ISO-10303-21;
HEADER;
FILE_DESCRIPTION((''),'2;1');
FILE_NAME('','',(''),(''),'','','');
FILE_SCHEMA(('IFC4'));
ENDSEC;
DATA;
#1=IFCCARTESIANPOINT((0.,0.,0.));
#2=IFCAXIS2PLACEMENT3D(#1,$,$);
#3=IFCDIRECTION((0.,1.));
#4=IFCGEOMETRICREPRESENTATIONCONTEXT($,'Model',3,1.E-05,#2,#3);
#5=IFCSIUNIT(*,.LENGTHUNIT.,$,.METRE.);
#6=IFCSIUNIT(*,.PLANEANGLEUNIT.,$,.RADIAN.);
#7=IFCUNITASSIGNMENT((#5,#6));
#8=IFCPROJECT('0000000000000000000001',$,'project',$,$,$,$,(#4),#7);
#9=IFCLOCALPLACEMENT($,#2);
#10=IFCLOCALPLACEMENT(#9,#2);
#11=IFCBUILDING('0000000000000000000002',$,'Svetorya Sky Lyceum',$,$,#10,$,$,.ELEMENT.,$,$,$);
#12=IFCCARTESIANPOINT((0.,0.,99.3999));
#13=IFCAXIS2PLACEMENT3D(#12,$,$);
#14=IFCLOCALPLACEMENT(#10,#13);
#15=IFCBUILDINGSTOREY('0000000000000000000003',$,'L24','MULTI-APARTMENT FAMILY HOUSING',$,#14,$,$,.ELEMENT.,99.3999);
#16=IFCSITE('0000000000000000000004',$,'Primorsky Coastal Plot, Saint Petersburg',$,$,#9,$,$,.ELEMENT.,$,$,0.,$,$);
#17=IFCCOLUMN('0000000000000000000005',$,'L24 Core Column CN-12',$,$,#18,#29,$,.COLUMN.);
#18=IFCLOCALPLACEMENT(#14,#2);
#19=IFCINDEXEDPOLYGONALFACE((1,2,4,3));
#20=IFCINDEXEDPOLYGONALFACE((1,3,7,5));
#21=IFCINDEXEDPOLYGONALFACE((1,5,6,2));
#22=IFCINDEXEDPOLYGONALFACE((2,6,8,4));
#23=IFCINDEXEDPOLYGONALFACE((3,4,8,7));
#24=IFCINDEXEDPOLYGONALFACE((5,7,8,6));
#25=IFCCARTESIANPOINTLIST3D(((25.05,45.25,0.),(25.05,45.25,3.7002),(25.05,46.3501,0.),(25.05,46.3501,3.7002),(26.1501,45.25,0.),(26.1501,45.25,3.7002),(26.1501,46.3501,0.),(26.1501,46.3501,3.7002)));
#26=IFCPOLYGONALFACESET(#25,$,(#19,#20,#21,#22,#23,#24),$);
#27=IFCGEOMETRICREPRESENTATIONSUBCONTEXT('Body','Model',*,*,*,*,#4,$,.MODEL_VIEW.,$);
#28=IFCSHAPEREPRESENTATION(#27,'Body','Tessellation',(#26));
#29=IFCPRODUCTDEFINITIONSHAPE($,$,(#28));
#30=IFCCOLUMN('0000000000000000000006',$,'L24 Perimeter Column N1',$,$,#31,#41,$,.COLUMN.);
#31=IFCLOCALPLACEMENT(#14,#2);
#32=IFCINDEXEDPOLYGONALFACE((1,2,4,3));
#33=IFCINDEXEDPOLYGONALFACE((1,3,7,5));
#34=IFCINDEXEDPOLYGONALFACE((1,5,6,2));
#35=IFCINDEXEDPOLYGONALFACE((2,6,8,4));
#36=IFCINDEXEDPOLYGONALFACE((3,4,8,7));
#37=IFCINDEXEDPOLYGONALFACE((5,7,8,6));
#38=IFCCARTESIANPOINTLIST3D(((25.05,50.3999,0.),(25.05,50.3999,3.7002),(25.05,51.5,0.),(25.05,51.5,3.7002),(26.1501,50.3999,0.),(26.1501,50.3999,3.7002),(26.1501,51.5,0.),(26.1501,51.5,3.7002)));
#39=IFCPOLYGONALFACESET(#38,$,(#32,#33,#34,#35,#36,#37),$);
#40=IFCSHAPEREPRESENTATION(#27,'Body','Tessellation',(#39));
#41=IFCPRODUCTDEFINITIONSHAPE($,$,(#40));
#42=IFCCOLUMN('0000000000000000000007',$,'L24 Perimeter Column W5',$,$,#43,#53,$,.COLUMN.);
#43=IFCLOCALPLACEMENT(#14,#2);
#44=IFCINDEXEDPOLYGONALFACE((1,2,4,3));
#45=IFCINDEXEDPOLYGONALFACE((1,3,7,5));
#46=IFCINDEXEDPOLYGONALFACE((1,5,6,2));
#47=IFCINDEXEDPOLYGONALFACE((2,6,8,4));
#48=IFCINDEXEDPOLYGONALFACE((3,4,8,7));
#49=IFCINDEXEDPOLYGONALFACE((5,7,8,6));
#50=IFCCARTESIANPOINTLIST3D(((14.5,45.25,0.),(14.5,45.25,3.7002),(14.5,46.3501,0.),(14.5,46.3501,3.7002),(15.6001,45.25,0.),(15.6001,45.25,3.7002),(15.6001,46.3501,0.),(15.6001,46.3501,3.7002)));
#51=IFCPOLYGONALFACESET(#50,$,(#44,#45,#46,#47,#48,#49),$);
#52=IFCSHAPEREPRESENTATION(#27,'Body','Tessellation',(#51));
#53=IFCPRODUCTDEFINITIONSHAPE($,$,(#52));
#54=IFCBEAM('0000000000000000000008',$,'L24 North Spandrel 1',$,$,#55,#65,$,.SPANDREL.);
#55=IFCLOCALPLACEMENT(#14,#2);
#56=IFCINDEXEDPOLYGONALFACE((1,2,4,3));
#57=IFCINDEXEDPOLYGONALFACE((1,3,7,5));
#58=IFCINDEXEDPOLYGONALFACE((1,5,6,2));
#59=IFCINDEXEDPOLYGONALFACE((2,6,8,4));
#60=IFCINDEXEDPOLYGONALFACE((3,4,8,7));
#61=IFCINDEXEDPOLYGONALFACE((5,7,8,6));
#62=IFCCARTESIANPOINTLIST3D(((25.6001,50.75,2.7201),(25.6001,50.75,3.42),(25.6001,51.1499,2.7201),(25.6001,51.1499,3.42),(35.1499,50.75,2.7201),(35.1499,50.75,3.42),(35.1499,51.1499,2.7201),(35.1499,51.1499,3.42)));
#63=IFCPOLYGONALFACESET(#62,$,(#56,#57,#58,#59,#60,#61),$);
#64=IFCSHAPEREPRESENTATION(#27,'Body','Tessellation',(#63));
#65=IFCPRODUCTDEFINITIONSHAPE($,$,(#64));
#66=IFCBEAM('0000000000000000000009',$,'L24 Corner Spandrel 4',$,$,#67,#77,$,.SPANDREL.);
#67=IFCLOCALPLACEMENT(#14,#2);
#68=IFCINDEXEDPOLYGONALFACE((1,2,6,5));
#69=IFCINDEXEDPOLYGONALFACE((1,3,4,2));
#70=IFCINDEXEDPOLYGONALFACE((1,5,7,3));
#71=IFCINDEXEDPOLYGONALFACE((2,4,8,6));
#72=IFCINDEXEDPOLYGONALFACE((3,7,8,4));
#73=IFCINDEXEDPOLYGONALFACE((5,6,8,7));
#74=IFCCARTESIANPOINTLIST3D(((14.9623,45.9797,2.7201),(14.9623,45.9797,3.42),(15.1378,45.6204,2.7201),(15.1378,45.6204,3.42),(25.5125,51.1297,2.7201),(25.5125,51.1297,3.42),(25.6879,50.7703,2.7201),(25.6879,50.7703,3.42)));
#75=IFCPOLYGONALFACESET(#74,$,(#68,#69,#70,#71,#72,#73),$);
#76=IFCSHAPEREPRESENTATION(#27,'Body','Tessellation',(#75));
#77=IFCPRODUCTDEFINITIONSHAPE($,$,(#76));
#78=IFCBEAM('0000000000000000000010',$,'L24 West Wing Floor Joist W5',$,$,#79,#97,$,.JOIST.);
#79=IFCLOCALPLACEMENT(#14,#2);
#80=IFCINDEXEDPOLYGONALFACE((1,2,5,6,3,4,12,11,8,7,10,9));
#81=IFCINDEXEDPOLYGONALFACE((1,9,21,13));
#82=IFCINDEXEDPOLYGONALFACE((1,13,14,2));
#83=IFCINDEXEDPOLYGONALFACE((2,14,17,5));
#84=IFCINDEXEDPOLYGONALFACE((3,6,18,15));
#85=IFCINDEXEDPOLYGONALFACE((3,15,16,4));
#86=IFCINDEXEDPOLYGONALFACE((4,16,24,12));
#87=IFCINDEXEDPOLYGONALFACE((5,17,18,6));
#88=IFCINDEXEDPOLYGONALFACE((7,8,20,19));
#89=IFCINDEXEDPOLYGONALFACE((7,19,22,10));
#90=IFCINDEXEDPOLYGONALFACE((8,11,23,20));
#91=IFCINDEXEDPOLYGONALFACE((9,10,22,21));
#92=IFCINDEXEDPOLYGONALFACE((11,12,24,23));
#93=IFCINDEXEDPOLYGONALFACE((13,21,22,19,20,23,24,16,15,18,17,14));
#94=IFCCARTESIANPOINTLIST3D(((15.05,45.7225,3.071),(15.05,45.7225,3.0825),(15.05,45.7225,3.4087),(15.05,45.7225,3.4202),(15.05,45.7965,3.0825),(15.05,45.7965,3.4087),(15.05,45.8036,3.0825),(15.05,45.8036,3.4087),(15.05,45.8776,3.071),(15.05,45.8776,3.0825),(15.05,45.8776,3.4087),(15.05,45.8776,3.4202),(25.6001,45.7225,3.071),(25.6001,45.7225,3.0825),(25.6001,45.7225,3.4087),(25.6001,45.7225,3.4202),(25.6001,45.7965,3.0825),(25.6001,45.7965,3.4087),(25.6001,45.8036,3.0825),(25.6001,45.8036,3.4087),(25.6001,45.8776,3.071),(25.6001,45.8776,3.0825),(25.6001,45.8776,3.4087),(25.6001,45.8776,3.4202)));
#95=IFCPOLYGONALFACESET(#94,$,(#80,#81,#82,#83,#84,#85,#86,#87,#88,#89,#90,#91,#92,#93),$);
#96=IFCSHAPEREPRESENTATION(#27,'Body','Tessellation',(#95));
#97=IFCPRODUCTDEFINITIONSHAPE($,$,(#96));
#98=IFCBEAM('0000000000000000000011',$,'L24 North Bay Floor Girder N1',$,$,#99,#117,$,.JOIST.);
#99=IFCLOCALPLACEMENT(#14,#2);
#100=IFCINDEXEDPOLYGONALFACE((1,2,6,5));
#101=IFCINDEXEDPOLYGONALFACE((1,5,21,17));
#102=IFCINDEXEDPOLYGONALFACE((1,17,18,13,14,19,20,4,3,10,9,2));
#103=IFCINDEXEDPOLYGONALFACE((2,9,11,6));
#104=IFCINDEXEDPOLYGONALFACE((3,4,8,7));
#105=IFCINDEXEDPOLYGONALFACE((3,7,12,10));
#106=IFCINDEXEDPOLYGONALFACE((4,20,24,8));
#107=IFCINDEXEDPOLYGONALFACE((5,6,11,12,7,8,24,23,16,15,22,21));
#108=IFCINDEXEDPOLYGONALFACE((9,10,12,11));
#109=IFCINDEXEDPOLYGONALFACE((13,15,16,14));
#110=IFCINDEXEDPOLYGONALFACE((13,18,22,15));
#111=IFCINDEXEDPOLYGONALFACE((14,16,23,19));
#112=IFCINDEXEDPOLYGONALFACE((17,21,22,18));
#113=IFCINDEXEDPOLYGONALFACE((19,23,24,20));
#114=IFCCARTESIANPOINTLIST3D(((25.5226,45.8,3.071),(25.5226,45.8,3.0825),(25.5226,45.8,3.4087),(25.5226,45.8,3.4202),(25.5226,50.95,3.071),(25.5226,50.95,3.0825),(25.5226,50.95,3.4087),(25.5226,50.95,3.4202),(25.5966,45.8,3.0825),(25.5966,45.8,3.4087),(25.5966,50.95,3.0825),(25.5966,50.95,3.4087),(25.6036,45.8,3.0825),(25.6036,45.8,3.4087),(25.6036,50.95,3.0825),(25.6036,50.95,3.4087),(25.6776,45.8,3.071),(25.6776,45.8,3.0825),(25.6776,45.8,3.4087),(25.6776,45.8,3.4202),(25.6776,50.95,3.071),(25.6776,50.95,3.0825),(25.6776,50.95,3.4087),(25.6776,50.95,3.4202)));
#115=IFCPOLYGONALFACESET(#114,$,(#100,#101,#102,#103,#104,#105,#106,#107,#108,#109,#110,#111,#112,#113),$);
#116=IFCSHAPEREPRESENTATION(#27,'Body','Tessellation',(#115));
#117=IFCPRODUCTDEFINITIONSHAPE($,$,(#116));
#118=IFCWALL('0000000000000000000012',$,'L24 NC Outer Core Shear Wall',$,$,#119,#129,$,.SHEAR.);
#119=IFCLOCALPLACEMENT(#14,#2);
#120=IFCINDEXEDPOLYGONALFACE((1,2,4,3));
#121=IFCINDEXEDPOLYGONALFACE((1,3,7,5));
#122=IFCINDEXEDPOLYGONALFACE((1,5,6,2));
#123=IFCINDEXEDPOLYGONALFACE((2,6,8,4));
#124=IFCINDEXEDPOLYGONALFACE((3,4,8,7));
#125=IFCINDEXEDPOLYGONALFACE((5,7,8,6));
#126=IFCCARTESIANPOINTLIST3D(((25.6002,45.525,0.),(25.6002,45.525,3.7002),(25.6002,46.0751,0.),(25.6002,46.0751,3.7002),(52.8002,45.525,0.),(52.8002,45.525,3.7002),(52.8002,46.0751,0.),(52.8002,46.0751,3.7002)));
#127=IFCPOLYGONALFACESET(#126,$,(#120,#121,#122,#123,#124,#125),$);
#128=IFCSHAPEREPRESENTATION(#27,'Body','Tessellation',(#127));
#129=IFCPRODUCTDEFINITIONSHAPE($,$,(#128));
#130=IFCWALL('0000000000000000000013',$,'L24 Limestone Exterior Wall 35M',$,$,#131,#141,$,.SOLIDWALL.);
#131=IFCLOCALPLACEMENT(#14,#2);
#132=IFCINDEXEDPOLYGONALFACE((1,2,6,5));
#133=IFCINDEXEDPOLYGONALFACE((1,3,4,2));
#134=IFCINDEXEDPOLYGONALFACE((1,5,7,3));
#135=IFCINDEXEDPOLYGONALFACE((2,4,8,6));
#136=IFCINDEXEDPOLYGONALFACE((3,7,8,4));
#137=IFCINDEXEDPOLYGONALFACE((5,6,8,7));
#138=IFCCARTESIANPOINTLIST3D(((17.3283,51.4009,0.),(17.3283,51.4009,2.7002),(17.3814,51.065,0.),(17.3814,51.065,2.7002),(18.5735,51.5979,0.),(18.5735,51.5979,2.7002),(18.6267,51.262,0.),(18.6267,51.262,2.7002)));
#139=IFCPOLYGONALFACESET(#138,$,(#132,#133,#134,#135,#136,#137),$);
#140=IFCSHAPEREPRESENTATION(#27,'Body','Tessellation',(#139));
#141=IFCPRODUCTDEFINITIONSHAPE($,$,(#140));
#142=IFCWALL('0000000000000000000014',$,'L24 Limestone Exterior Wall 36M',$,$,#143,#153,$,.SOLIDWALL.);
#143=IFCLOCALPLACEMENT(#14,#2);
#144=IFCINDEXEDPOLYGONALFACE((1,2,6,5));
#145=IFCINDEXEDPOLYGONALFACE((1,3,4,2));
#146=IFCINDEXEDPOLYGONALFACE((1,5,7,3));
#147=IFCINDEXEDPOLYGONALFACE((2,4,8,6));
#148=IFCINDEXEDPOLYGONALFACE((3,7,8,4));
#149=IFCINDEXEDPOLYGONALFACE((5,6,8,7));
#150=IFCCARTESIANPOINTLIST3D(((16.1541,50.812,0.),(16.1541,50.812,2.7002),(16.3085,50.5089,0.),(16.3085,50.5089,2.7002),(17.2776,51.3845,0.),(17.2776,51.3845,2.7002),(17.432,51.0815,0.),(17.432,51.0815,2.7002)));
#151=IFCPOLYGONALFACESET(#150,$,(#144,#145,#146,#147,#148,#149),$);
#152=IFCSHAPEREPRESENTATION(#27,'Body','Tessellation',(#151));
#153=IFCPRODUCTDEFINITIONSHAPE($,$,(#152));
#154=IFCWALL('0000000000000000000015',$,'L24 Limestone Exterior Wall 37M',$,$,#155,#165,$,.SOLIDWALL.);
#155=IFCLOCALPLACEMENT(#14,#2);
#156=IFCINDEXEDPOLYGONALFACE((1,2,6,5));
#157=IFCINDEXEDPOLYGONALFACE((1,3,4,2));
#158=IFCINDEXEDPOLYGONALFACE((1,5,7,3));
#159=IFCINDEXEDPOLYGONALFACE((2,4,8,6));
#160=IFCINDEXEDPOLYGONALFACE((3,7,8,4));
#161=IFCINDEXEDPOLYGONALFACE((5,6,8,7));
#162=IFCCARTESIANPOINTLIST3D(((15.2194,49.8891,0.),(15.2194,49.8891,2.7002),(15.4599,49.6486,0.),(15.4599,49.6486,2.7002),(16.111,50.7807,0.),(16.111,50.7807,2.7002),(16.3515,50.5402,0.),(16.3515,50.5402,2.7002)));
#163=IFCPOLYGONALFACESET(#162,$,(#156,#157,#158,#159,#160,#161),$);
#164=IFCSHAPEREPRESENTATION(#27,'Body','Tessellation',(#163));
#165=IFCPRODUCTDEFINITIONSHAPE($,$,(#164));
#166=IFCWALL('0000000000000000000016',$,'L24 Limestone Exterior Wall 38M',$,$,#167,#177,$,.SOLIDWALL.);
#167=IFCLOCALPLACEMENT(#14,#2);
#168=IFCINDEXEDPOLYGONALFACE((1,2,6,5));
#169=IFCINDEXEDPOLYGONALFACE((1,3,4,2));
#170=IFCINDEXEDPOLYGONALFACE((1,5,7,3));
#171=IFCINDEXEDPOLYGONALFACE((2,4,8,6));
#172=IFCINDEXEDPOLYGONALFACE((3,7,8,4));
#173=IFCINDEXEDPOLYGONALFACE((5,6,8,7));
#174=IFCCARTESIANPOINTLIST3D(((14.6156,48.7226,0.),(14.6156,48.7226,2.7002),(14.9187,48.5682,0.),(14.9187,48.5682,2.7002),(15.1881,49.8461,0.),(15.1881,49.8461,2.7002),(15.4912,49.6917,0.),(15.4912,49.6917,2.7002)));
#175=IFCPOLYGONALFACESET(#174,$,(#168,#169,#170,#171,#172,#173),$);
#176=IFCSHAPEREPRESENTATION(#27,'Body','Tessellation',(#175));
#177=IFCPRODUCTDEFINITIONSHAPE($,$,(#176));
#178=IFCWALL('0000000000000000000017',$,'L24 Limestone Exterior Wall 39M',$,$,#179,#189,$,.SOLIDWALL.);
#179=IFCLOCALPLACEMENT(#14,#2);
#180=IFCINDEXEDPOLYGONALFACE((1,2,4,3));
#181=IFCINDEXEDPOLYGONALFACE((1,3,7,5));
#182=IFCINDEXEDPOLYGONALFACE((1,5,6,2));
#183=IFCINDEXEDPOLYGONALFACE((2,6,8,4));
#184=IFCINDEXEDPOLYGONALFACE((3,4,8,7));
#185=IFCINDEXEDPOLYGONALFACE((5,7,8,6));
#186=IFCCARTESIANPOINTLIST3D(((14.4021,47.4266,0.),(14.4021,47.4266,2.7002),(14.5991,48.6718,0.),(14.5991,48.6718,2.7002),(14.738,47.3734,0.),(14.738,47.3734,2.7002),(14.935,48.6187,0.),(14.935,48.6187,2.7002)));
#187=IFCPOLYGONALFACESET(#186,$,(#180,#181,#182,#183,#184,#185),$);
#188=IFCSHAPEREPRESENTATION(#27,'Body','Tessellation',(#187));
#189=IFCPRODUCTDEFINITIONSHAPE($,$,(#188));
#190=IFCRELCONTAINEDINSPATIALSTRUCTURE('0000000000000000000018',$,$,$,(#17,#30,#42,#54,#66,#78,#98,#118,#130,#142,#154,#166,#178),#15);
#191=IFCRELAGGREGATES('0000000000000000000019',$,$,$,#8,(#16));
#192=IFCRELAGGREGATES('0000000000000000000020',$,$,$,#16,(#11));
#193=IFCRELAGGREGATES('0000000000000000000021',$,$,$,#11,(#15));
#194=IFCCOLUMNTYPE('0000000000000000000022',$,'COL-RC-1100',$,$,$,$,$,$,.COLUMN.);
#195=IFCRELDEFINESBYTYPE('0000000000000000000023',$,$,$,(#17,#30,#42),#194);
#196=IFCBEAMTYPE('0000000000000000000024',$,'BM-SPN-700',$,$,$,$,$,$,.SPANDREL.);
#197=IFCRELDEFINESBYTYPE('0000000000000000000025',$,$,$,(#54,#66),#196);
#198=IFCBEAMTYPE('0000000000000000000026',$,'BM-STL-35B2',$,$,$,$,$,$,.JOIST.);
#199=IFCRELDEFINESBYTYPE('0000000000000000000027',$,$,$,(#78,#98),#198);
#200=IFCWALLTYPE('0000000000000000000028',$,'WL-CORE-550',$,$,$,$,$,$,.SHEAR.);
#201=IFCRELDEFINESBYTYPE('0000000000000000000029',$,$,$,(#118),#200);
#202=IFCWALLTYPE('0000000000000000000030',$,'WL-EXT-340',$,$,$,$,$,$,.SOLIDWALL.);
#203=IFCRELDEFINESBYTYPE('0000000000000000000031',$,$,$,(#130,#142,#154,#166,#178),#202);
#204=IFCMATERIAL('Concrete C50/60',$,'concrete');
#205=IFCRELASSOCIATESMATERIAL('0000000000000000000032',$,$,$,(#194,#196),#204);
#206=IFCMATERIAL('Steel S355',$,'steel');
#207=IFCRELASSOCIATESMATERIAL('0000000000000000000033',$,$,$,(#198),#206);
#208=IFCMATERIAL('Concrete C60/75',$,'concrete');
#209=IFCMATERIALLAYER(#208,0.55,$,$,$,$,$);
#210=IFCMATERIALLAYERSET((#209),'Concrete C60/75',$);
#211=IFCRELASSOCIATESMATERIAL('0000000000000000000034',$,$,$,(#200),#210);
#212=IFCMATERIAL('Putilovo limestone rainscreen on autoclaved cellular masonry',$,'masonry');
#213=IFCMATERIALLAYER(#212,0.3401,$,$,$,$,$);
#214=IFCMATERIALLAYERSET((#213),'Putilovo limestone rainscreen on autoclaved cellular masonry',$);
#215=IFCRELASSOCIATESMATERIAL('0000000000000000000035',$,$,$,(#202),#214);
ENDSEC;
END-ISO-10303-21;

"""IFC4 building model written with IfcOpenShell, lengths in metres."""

from ifc_helpers import new_model, si_unit, direction, frame, frame_2d, origin, origin_2d, place, context, subcontext, project, spatial, rectangle, i_section, extrude, material, layer, layer_set, material_profile, profile_set, type_object, element, save


model = new_model("IFC4")

# Units and contexts
model_context = context("Model", 3, precision=1e-05, world=origin(), true_north=direction((0.0, 1.0)))
body_context = subcontext(model_context, "Body", "Model", "MODEL_VIEW")
ifc_project = project(units=[si_unit("LENGTHUNIT", "METRE"), si_unit("PLANEANGLEUNIT", "RADIAN")], contexts=[model_context])

# Site, building, storey
site_placement = place(None, origin())
site = spatial("IfcSite", under=ifc_project, at=site_placement, Name="Primorsky Coastal Plot, Saint Petersburg", CompositionType="ELEMENT", RefElevation=0.0)
building_placement = place(site_placement, origin())
building = spatial("IfcBuilding", under=site, at=building_placement, Name="Svetorya Sky Lyceum", CompositionType="ELEMENT")
storey_placement = place(building_placement, frame((0.0, 0.0, 99.3999)))
storey = spatial("IfcBuildingStorey", under=building, at=storey_placement, Name="L24", Description="MULTI-APARTMENT FAMILY HOUSING", CompositionType="ELEMENT", Elevation=99.3999)

# Columns
ifc_material_1 = material(Name="Concrete C50/60", Category="concrete")
ifc_material_profile_1 = material_profile(ifc_material_1, rectangle(XDim=1.1001, YDim=1.1001, at=origin_2d()), Name="RC COL 1100x1100")
ifc_profile_set_1 = profile_set([ifc_material_profile_1], Name="Concrete C50/60")
column_type = type_object("IfcColumnType", Name="COL-RC-1100", PredefinedType="COLUMN", material=ifc_profile_set_1)
for number, where, z_axis, x_axis, name in (
    (1, (25.6001, 45.8, 0.0), (0.0, 0.0, 1.0), (1.0, 0.0, 0.0), "L24 Core Column CN-12"),
    (2, (25.6001, 50.95, 0.0), (0.0, 0.0, 1.0), (1.0, 0.0, 0.0), "L24 Perimeter Column N1"),
    (3, (15.05, 45.8, 0.0), (0.0, 0.0, 1.0), (1.0, 0.0, 0.0), "L24 Perimeter Column W5"),
):
    element("IfcColumn", number, at=place(storey_placement, frame(where, z_axis=z_axis, x_axis=x_axis)), inside=storey, type_object=column_type, Name=name, PredefinedType="COLUMN", context=body_context, shape_type="SweptSolid", body=[
        extrude(rectangle(XDim=1.1001, YDim=1.1001, at=origin_2d()), origin(), (0.0, 0.0, 1.0), 3.7002),
    ])

# Beams
ifc_material_profile_2 = material_profile(ifc_material_1, rectangle(XDim=0.3999, YDim=0.7, at=origin_2d()), Name="RC SPANDREL 400x700")
ifc_profile_set_2 = profile_set([ifc_material_profile_2], Name="Concrete C50/60")
beam_type_1 = type_object("IfcBeamType", Name="BM-SPN-700", PredefinedType="SPANDREL", material=ifc_profile_set_2)
beam_1_placement = place(storey_placement, frame((25.6001, 50.95, 3.0701), z_axis=(1.0, 0.0, 0.0), x_axis=(0.0, 1.0, 0.0)))
element("IfcBeam", 4, at=beam_1_placement, inside=storey, type_object=beam_type_1, Name="L24 North Spandrel 1", PredefinedType="SPANDREL", context=body_context, shape_type="SweptSolid", body=[
    extrude(rectangle(XDim=0.3999, YDim=0.7, at=origin_2d()), origin(), (0.0, 0.0, 1.0), 9.5498),
])
beam_2_placement = place(storey_placement, frame((15.05, 45.8, 3.0701), z_axis=(0.89865, 0.438667, 0.0), x_axis=(-0.438667, 0.89865, 0.0)))
element("IfcBeam", 5, at=beam_2_placement, inside=storey, type_object=beam_type_1, Name="L24 Corner Spandrel 4", PredefinedType="SPANDREL", context=body_context, shape_type="SweptSolid", body=[
    extrude(rectangle(XDim=0.3999, YDim=0.7, at=origin_2d()), origin(), (0.0, 0.0, 1.0), 11.74),
])
ifc_material_2 = material(Name="Steel S355", Category="steel")
ifc_material_profile_3 = material_profile(ifc_material_2, i_section(OverallWidth=0.155, OverallDepth=0.3491, WebThickness=0.0071, FlangeThickness=0.0115, at=origin_2d()), Name="GOST 35B2")
ifc_profile_set_3 = profile_set([ifc_material_profile_3], Name="Steel S355")
beam_type_2 = type_object("IfcBeamType", Name="BM-STL-35B2", PredefinedType="JOIST", material=ifc_profile_set_3)
beam_3_placement = place(storey_placement, frame((15.05, 45.8, 3.2456), z_axis=(1.0, 0.0, 0.0), x_axis=(0.0, 1.0, 0.0)))
element("IfcBeam", 6, at=beam_3_placement, inside=storey, type_object=beam_type_2, Name="L24 West Wing Floor Joist W5", PredefinedType="JOIST", context=body_context, shape_type="SweptSolid", body=[
    extrude(i_section(OverallWidth=0.155, OverallDepth=0.3491, WebThickness=0.0071, FlangeThickness=0.0115, at=origin_2d()), origin(), (0.0, 0.0, 1.0), 10.55),
])
beam_4_placement = place(storey_placement, frame((25.6001, 45.8, 3.2456), z_axis=(0.0, 1.0, 0.0), x_axis=(-1.0, 0.0, 0.0)))
element("IfcBeam", 7, at=beam_4_placement, inside=storey, type_object=beam_type_2, Name="L24 North Bay Floor Girder N1", PredefinedType="JOIST", context=body_context, shape_type="SweptSolid", body=[
    extrude(i_section(OverallWidth=0.155, OverallDepth=0.3491, WebThickness=0.0071, FlangeThickness=0.0115, at=origin_2d()), origin(), (0.0, 0.0, 1.0), 5.1499),
])

# Walls
ifc_material_3 = material(Name="Concrete C60/75", Category="concrete")
ifc_layer_1 = layer(ifc_material_3, 0.55)
ifc_layer_set_1 = layer_set([ifc_layer_1], Name="Concrete C60/75")
wall_type_1 = type_object("IfcWallType", Name="WL-CORE-550", PredefinedType="SHEAR", material=ifc_layer_set_1)
wall_1_placement = place(storey_placement, frame((25.6001, 45.8, 0.0), z_axis=(0.0, 0.0, 1.0), x_axis=(1.0, 0.0, 0.0)))
element("IfcWall", 8, at=wall_1_placement, inside=storey, type_object=wall_type_1, Name="L24 NC Outer Core Shear Wall", PredefinedType="SHEAR", context=body_context, shape_type="SweptSolid", body=[
    extrude(rectangle(XDim=27.2, YDim=0.55, at=frame_2d((13.6001, 0.0))), origin(), (0.0, 0.0, 1.0), 3.7002),
])
ifc_material_4 = material(Name="Putilovo limestone rainscreen on autoclaved cellular masonry", Category="masonry")
ifc_layer_2 = layer(ifc_material_4, 0.3401)
ifc_layer_set_2 = layer_set([ifc_layer_2], Name="Putilovo limestone rainscreen on autoclaved cellular masonry")
wall_type_2 = type_object("IfcWallType", Name="WL-EXT-340", PredefinedType="SOLIDWALL", material=ifc_layer_set_2)
wall_2_placement = place(storey_placement, frame((18.6001, 51.4299, 0.0), z_axis=(0.0, 0.0, 1.0), x_axis=(-0.987716, -0.156261, 0.0)))
element("IfcWall", 9, at=wall_2_placement, inside=storey, type_object=wall_type_2, Name="L24 Limestone Exterior Wall 35M", PredefinedType="SOLIDWALL", context=body_context, shape_type="SweptSolid", body=[
    extrude(rectangle(XDim=1.2607, YDim=0.3401, at=frame_2d((0.6304, 0.0))), origin(), (0.0, 0.0, 1.0), 2.7002),
])
for number, where, z_axis, x_axis, name in (
    (10, (17.3547, 51.2329, 0.0), (0.0, 0.0, 1.0), (-0.890994, -0.454016, 0.0), "L24 Limestone Exterior Wall 36M"),
    (11, (16.2312, 50.6604, 0.0), (0.0, 0.0, 1.0), (-0.707107, -0.707107, 0.0), "L24 Limestone Exterior Wall 37M"),
    (12, (15.3396, 49.7688, 0.0), (0.0, 0.0, 1.0), (-0.454016, -0.890994, 0.0), "L24 Limestone Exterior Wall 38M"),
):
    element("IfcWall", number, at=place(storey_placement, frame(where, z_axis=z_axis, x_axis=x_axis)), inside=storey, type_object=wall_type_2, Name=name, PredefinedType="SOLIDWALL", context=body_context, shape_type="SweptSolid", body=[
        extrude(rectangle(XDim=1.261, YDim=0.3401, at=frame_2d((0.6304, 0.0))), origin(), (0.0, 0.0, 1.0), 2.7002),
    ])
wall_3_placement = place(storey_placement, frame((14.7671, 48.6453, 0.0), z_axis=(0.0, 0.0, 1.0), x_axis=(-0.156261, -0.987716, 0.0)))
element("IfcWall", 13, at=wall_3_placement, inside=storey, type_object=wall_type_2, Name="L24 Limestone Exterior Wall 39M", PredefinedType="SOLIDWALL", context=body_context, shape_type="SweptSolid", body=[
    extrude(rectangle(XDim=1.2607, YDim=0.3401, at=frame_2d((0.6304, 0.0))), origin(), (0.0, 0.0, 1.0), 2.7002),
])

save(model, "model.ifc")
